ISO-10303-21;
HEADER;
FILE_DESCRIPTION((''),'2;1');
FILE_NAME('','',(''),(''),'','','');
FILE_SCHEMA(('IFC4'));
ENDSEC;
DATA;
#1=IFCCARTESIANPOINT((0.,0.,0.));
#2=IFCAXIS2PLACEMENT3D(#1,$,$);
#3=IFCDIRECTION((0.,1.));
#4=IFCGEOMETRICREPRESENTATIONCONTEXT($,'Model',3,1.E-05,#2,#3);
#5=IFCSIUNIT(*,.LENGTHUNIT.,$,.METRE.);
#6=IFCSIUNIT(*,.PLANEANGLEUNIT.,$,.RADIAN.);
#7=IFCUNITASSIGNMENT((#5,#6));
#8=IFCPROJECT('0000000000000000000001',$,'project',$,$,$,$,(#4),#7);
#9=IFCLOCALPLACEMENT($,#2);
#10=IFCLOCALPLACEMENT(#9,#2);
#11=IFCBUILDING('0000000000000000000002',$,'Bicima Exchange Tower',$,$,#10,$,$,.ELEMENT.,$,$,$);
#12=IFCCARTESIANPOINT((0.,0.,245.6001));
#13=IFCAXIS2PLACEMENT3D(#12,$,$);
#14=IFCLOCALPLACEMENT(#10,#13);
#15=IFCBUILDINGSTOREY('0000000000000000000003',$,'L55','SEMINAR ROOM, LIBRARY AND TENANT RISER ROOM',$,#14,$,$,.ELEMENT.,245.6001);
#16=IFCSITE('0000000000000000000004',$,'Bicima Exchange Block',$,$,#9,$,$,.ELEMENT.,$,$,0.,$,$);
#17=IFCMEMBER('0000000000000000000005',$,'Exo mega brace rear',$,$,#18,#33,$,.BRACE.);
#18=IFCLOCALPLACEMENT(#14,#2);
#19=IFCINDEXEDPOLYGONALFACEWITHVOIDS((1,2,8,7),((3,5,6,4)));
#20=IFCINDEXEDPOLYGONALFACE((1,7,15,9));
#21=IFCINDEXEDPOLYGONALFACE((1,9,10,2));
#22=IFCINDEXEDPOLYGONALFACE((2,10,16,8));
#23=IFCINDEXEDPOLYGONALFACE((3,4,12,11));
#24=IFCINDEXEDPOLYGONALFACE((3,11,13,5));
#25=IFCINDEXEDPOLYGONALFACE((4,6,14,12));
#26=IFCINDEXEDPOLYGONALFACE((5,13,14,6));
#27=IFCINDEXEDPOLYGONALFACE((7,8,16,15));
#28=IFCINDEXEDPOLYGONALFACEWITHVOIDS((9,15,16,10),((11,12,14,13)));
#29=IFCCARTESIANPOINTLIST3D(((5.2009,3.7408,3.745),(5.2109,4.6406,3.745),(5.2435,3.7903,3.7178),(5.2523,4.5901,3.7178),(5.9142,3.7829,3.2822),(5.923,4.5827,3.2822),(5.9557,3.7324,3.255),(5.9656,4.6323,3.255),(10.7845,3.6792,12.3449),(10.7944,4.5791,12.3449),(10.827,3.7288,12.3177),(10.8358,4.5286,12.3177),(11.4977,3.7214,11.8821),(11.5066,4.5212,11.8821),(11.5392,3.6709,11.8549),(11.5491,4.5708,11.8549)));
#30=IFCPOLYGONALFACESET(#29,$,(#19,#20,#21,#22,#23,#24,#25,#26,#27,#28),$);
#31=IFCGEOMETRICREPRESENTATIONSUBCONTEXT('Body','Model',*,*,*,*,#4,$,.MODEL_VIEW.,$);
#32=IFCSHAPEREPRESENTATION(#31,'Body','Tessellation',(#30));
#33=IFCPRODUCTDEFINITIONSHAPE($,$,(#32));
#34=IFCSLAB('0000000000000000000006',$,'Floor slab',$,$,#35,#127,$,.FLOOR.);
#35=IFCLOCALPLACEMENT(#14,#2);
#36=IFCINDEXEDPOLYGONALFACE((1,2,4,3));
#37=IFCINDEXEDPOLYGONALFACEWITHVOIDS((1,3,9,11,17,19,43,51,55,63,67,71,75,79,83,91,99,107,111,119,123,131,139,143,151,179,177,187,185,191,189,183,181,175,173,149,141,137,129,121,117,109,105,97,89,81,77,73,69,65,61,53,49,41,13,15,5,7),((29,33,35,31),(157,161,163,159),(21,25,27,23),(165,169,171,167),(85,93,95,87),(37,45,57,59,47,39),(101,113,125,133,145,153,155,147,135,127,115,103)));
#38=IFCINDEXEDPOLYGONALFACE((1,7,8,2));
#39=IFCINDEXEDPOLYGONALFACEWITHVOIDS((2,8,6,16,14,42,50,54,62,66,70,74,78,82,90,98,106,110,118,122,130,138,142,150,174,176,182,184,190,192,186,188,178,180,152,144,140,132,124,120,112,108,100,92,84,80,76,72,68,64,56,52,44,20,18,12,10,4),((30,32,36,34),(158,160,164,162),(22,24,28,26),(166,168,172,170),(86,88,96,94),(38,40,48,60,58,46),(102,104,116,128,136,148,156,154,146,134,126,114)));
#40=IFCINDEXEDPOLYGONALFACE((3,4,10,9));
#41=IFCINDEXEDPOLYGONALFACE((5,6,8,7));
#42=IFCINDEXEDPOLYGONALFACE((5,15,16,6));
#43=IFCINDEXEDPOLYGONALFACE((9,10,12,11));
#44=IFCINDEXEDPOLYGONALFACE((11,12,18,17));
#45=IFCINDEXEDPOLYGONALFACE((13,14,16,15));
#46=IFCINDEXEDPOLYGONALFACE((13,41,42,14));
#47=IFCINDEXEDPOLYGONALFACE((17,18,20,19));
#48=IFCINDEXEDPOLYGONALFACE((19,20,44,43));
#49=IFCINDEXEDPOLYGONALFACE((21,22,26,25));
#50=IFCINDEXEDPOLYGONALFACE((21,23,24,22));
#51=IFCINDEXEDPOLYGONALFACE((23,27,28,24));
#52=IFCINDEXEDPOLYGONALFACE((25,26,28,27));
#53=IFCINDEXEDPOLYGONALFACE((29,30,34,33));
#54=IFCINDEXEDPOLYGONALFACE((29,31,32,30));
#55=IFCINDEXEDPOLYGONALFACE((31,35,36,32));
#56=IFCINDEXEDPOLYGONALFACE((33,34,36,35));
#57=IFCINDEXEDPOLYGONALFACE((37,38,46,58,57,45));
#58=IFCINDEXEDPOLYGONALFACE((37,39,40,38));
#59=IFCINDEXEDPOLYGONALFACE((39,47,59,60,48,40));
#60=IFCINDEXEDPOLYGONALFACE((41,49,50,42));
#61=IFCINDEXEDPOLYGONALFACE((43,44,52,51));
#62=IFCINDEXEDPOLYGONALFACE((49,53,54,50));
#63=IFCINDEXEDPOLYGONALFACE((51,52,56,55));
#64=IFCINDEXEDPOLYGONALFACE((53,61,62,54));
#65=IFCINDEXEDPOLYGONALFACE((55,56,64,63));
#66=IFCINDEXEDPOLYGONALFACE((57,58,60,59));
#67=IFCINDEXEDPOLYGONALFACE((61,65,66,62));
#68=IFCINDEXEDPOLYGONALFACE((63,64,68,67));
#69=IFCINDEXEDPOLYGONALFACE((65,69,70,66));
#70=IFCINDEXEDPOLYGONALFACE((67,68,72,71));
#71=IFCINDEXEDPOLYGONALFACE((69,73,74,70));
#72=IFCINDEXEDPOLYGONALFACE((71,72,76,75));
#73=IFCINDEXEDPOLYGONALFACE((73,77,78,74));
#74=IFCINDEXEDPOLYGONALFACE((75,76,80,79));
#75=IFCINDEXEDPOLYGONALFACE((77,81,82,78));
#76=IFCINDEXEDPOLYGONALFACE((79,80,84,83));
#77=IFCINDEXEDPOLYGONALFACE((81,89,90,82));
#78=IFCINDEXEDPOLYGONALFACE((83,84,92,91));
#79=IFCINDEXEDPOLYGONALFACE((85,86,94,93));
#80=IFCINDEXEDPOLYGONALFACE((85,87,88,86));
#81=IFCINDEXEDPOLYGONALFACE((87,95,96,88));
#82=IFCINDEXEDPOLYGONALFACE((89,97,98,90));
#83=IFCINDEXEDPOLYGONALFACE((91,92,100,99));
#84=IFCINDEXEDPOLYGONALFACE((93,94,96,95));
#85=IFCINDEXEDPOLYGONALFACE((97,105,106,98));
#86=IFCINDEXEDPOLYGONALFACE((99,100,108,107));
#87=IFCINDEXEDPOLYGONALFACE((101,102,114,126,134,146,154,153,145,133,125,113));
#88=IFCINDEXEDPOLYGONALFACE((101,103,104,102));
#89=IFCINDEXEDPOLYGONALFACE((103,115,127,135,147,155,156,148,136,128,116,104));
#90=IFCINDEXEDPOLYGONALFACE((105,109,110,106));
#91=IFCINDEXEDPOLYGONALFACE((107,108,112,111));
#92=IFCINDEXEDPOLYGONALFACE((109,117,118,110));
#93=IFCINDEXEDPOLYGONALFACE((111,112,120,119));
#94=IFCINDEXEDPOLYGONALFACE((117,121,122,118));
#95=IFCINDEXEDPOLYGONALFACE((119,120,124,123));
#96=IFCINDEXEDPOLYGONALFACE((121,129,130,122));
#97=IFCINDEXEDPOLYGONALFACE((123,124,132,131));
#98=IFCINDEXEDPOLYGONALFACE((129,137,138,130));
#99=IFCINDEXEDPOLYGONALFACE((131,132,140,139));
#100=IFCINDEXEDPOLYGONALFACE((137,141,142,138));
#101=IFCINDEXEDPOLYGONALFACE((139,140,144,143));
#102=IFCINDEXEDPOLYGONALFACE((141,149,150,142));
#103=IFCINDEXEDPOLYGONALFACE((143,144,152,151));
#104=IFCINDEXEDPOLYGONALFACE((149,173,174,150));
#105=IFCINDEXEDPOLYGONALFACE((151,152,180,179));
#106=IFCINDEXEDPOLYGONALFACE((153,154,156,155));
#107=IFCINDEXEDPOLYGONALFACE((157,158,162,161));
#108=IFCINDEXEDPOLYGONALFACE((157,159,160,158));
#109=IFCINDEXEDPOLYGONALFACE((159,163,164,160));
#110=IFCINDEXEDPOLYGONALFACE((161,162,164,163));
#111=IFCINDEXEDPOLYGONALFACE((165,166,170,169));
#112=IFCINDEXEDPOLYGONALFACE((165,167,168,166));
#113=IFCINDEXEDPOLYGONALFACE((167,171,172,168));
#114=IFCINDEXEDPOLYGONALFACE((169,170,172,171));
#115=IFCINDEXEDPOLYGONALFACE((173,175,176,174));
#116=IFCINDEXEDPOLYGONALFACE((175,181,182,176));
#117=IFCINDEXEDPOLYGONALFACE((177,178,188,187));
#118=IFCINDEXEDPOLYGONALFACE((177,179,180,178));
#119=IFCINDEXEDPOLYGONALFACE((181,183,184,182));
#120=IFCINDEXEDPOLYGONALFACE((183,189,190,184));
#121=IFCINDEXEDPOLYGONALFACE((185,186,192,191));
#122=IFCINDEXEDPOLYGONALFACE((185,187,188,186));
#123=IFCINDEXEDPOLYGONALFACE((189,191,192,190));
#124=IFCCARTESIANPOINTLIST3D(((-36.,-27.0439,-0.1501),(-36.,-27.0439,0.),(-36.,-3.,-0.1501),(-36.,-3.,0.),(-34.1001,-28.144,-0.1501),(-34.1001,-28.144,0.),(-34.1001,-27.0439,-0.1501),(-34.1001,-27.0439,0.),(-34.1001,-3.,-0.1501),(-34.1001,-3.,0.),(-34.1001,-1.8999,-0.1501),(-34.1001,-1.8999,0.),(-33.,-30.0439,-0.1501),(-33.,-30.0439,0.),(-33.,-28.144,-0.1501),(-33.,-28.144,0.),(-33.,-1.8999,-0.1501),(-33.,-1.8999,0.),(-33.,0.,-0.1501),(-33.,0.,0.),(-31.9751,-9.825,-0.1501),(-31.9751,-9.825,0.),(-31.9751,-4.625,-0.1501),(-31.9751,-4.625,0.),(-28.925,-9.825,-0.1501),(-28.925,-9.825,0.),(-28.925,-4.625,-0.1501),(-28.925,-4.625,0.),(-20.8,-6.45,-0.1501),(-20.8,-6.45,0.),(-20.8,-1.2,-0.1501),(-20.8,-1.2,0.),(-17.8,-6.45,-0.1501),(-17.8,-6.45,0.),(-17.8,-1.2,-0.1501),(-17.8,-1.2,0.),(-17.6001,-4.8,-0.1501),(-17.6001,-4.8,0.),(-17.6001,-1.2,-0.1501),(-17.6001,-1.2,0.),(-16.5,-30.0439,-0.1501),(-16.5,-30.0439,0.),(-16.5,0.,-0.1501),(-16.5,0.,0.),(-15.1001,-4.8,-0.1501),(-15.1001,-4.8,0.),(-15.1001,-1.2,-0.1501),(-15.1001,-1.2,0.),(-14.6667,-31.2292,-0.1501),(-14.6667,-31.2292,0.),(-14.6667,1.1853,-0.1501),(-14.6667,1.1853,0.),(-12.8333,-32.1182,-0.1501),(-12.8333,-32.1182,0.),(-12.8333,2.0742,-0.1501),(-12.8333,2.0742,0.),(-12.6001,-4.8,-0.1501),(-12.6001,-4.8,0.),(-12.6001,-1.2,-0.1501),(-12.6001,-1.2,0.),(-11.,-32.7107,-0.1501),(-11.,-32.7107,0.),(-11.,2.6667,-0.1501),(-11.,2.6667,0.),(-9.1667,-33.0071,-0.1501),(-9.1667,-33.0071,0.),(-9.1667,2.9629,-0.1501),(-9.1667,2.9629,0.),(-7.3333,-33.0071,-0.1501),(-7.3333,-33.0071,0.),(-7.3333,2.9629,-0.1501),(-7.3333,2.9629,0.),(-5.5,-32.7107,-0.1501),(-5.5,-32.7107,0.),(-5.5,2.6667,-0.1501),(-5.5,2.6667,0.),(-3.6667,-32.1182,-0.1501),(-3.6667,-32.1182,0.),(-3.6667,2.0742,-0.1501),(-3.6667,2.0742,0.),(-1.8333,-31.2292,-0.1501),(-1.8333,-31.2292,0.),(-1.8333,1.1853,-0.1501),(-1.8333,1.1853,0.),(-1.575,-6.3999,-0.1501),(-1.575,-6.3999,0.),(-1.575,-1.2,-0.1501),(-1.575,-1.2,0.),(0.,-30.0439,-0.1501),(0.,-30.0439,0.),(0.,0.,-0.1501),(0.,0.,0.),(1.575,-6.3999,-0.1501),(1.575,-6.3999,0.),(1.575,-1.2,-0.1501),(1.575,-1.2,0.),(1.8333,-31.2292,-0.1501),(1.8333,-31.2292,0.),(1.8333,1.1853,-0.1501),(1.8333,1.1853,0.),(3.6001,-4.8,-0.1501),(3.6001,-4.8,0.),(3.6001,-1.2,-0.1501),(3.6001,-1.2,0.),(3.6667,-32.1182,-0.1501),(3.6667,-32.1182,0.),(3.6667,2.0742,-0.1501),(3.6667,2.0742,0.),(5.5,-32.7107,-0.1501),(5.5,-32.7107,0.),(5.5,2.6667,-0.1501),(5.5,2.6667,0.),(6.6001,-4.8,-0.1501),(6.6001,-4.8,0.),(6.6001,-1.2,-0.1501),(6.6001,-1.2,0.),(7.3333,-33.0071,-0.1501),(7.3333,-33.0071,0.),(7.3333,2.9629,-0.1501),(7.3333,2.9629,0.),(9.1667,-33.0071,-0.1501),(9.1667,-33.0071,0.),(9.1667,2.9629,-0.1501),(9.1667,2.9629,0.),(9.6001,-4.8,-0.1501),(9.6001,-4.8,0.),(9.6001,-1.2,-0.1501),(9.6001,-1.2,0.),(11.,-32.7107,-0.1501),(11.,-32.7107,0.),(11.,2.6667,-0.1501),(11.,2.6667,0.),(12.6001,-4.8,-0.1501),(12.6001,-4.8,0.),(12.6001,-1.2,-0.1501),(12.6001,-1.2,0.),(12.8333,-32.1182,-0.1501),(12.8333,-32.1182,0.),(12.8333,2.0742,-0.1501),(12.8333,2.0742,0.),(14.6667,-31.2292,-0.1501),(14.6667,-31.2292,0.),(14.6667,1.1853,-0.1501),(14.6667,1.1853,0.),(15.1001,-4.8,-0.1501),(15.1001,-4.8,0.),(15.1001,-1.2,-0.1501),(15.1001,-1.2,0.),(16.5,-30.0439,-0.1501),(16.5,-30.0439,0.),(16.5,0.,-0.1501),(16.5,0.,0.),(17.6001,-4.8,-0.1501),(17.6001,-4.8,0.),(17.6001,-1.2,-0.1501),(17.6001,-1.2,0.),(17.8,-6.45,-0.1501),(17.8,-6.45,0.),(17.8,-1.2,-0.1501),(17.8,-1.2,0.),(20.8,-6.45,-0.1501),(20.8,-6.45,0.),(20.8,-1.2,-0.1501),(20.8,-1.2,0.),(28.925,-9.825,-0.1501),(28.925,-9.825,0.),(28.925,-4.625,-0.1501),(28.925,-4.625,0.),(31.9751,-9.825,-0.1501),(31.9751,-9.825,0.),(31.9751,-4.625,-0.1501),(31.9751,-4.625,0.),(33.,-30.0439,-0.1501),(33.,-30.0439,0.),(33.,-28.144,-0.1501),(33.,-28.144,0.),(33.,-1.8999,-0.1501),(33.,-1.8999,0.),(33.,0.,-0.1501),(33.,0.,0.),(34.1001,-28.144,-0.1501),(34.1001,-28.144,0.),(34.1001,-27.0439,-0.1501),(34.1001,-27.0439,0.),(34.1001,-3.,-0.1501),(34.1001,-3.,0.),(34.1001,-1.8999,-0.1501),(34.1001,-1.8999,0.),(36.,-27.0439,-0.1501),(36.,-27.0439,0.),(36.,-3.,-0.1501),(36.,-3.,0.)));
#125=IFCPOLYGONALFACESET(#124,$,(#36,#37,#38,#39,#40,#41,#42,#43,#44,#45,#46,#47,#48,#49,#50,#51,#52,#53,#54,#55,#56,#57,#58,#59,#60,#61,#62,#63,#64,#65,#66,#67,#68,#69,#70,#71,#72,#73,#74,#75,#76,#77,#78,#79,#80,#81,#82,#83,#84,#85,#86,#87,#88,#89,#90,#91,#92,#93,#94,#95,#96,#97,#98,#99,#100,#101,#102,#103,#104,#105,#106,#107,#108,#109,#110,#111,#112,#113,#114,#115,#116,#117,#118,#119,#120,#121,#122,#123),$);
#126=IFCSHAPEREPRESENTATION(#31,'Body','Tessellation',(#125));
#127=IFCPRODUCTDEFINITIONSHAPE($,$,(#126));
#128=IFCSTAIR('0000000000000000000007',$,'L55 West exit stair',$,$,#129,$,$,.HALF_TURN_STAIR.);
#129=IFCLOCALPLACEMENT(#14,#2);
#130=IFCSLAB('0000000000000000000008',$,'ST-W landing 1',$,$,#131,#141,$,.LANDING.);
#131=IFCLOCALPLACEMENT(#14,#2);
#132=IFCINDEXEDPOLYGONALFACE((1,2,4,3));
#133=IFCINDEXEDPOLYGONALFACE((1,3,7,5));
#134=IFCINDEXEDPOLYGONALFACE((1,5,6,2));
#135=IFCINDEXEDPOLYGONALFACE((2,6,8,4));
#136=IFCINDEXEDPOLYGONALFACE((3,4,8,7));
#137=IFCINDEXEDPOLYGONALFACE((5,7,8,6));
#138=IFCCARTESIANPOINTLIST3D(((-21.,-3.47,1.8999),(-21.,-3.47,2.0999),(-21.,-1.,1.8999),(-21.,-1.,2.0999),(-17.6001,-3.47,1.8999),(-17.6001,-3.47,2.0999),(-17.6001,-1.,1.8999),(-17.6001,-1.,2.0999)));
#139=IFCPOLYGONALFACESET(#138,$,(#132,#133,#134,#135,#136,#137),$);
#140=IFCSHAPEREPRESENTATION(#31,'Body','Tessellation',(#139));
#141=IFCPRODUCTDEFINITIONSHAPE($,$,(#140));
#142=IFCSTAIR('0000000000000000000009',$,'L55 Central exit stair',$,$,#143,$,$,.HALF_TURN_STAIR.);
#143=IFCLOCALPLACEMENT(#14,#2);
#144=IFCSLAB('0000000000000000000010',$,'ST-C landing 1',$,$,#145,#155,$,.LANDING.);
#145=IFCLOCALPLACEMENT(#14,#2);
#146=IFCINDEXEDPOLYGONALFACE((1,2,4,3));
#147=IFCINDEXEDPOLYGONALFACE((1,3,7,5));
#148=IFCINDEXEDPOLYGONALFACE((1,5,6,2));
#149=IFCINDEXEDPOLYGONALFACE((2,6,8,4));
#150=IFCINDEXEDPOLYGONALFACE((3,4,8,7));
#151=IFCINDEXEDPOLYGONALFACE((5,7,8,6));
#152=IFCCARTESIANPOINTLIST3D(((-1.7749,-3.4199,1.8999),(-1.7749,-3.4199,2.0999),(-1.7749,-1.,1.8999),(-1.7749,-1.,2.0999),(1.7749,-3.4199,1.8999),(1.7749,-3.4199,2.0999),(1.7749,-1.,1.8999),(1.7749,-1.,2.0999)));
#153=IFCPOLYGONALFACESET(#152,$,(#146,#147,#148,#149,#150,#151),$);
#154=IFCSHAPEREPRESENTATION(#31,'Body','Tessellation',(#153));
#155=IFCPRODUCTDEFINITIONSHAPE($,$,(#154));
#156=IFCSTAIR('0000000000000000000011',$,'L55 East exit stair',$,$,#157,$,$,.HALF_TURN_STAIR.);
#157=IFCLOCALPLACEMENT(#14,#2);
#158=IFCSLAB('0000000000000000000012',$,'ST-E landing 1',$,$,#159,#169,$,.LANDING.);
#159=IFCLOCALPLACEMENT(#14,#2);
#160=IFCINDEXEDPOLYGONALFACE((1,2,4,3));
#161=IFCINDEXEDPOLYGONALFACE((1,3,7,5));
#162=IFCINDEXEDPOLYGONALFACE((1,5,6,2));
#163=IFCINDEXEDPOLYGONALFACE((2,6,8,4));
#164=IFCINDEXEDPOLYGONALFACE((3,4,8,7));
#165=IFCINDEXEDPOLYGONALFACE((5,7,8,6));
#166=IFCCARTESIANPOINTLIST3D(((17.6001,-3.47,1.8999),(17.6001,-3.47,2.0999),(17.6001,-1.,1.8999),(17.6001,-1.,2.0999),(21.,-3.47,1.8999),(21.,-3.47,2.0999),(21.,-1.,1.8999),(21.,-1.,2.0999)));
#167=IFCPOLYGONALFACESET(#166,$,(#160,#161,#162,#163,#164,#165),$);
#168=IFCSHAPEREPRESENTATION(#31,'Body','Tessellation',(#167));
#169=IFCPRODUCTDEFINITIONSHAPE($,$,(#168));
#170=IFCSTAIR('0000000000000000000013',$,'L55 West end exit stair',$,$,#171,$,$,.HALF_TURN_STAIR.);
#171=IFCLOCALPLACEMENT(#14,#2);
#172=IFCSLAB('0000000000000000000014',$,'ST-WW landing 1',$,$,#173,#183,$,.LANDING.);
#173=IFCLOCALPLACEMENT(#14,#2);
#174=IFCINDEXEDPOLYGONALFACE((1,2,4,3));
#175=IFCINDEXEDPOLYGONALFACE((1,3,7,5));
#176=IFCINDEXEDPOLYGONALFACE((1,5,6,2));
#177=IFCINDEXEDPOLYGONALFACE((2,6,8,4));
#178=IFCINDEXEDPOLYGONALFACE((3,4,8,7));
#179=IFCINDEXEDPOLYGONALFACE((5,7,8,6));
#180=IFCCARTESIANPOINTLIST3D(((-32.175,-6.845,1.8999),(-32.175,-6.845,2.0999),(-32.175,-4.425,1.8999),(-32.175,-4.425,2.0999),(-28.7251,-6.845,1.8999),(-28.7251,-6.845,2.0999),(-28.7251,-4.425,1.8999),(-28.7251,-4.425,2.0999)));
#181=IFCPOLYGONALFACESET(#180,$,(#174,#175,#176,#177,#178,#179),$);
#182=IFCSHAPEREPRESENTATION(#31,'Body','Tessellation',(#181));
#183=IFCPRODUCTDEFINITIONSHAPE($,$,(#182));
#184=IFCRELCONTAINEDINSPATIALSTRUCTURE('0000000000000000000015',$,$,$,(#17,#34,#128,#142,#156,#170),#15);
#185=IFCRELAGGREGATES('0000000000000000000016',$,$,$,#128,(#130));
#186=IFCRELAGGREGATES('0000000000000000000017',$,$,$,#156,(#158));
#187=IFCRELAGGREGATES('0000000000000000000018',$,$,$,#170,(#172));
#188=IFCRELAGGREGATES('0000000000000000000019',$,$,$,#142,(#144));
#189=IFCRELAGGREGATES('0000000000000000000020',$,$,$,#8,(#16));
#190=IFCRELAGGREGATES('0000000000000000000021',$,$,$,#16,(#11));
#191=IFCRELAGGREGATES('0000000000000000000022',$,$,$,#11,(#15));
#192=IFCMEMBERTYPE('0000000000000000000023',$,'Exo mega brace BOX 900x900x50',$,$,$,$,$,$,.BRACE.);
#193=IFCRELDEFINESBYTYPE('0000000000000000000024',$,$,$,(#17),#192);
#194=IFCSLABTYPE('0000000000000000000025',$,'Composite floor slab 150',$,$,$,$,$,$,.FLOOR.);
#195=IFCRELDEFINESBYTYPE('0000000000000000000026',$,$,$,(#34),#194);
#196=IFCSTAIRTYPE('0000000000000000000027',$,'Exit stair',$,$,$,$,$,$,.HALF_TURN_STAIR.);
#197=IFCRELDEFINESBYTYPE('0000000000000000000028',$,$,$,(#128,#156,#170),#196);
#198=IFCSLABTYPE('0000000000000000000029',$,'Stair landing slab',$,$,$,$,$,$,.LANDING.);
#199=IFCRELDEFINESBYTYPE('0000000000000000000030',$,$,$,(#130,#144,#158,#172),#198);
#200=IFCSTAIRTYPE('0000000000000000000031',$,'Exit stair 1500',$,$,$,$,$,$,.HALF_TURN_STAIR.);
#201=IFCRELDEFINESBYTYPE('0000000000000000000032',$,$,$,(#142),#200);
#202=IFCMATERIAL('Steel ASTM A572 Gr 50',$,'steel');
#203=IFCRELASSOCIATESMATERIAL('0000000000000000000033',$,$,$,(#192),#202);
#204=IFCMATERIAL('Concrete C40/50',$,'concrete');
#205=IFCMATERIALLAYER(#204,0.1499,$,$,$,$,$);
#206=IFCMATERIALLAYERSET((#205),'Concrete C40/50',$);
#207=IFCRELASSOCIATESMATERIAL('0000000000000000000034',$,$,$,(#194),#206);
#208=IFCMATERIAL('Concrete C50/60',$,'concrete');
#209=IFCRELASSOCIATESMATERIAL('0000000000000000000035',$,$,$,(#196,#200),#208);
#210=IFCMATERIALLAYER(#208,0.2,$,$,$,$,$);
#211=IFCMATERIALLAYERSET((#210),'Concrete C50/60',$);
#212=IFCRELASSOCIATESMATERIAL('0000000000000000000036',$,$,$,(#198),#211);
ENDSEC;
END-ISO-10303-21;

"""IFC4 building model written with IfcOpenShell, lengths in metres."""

from ifc_helpers import new_model, si_unit, direction, frame, origin, origin_2d, place, context, subcontext, project, spatial, polyline, hollow_rectangle, outline, extrude, material, layer, layer_set, material_profile, profile_set, type_object, element, aggregate, save


model = new_model("IFC4")

# Units and contexts
model_context = context("Model", 3, precision=1e-05, world=origin(), true_north=direction((0.0, 1.0)))
body_context = subcontext(model_context, "Body", "Model", "MODEL_VIEW")
ifc_project = project(units=[si_unit("LENGTHUNIT", "METRE"), si_unit("PLANEANGLEUNIT", "RADIAN")], contexts=[model_context])

# Site, building, storey
site_placement = place(None, origin())
site = spatial("IfcSite", under=ifc_project, at=site_placement, Name="Bicima Exchange Block", CompositionType="ELEMENT", RefElevation=0.0)
building_placement = place(site_placement, origin())
building = spatial("IfcBuilding", under=site, at=building_placement, Name="Bicima Exchange Tower", CompositionType="ELEMENT")
storey_placement = place(building_placement, frame((0.0, 0.0, 245.6001)))
storey = spatial("IfcBuildingStorey", under=building, at=storey_placement, Name="L55", Description="SEMINAR ROOM, LIBRARY AND TENANT RISER ROOM", CompositionType="ELEMENT", Elevation=245.6001)

# Member
ifc_material_1 = material(Name="Steel ASTM A572 Gr 50", Category="steel")
ifc_material_profile = material_profile(ifc_material_1, hollow_rectangle(XDim=0.8999, YDim=0.8999, WallThickness=0.05, at=origin_2d()))
ifc_profile_set = profile_set([ifc_material_profile], Name="Steel ASTM A572 Gr 50")
member_type = type_object("IfcMemberType", Name="Exo mega brace BOX 900x900x50", PredefinedType="BRACE", material=ifc_profile_set)
member_placement = place(storey_placement, frame((5.5833, 4.1865, 3.5), z_axis=(0.544539, -0.006, 0.838714), x_axis=(0.011018, 0.999939, 0.0)))
element("IfcMember", 1, at=member_placement, inside=storey, type_object=member_type, Name="Exo mega brace rear", PredefinedType="BRACE", context=body_context, shape_type="SweptSolid", body=[
    extrude(hollow_rectangle(XDim=0.8999, YDim=0.8999, WallThickness=0.05, at=origin_2d()), origin(), (0.0, 0.0, 1.0), 10.2537),
])

# Slab
ifc_material_2 = material(Name="Concrete C40/50", Category="concrete")
ifc_layer_1 = layer(ifc_material_2, 0.1499)
ifc_layer_set_1 = layer_set([ifc_layer_1], Name="Concrete C40/50")
slab_type_1 = type_object("IfcSlabType", Name="Composite floor slab 150", PredefinedType="FLOOR", material=ifc_layer_set_1)
slab_1_placement = place(storey_placement, frame((0.0, 0.0, -0.1501)))
element("IfcSlab", 2, at=slab_1_placement, inside=storey, type_object=slab_type_1, Name="Floor slab", PredefinedType="FLOOR", context=body_context, shape_type="SweptSolid", body=[
    extrude(outline(polyline([(-36.0, -27.0439), (-36.0, -3.0), (-34.1001, -3.0), (-34.1001, -1.8999), (-33.0, -1.8999), (-33.0, 0.0), (-16.5, 0.0), (-14.6667, 1.1853), (-12.8333, 2.0742), (-11.0, 2.6667), (-9.1667, 2.9629), (-7.3333, 2.9629), (-5.5, 2.6667), (-3.6667, 2.0742), (-1.8333, 1.1853), (0.0, 0.0), (1.8333, 1.1853), (3.6667, 2.0742), (5.5, 2.6667), (7.3333, 2.9629), (9.1667, 2.9629), (11.0, 2.6667), (12.8333, 2.0742), (14.6667, 1.1853), (16.5, 0.0), (33.0, 0.0), (33.0, -1.8999), (34.1001, -1.8999), (34.1001, -3.0), (36.0, -3.0), (36.0, -27.0439), (34.1001, -27.0439), (34.1001, -28.144), (33.0, -28.144), (33.0, -30.0439), (16.5, -30.0439), (14.6667, -31.2292), (12.8333, -32.1182), (11.0, -32.7107), (9.1667, -33.0071), (7.3333, -33.0071), (5.5, -32.7107), (3.6667, -32.1182), (1.8333, -31.2292), (0.0, -30.0439), (-1.8333, -31.2292), (-3.6667, -32.1182), (-5.5, -32.7107), (-7.3333, -33.0071), (-9.1667, -33.0071), (-11.0, -32.7107), (-12.8333, -32.1182), (-14.6667, -31.2292), (-16.5, -30.0439), (-33.0, -30.0439), (-33.0, -28.144), (-34.1001, -28.144), (-34.1001, -27.0439), (-36.0, -27.0439)]), holes=[polyline([(-28.925, -9.825), (-28.925, -4.625), (-31.9751, -4.625), (-31.9751, -9.825), (-28.925, -9.825)]), polyline([(-20.8, -6.45), (-17.8, -6.45), (-17.8, -1.2), (-20.8, -1.2), (-20.8, -6.45)]), polyline([(-1.575, -6.3999), (1.575, -6.3999), (1.575, -1.2), (-1.575, -1.2), (-1.575, -6.3999)]), polyline([(-12.6001, -1.2), (-15.1001, -1.2), (-17.6001, -1.2), (-17.6001, -4.8), (-15.1001, -4.8), (-12.6001, -4.8), (-12.6001, -1.2)]), polyline([(3.6001, -4.8), (6.6001, -4.8), (9.6001, -4.8), (12.6001, -4.8), (15.1001, -4.8), (17.6001, -4.8), (17.6001, -1.2), (15.1001, -1.2), (12.6001, -1.2), (9.6001, -1.2), (6.6001, -1.2), (3.6001, -1.2), (3.6001, -4.8)]), polyline([(31.9751, -9.825), (31.9751, -4.625), (28.925, -4.625), (28.925, -9.825), (31.9751, -9.825)]), polyline([(17.8, -6.45), (20.8, -6.45), (20.8, -1.2), (17.8, -1.2), (17.8, -6.45)])]), origin(), (0.0, 0.0, 1.0), 0.1501),
])

# Stairs, slabs
ifc_material_3 = material(Name="Concrete C50/60", Category="concrete")
stair_type_1 = type_object("IfcStairType", Name="Exit stair", PredefinedType="HALF_TURN_STAIR", material=ifc_material_3)
stair_1_placement = place(storey_placement, origin())
stair_1 = element("IfcStair", 3, at=stair_1_placement, inside=storey, type_object=stair_type_1, Name="L55 West exit stair", PredefinedType="HALF_TURN_STAIR")
ifc_layer_2 = layer(ifc_material_3, 0.2)
ifc_layer_set_2 = layer_set([ifc_layer_2], Name="Concrete C50/60")
slab_type_2 = type_object("IfcSlabType", Name="Stair landing slab", PredefinedType="LANDING", material=ifc_layer_set_2)
slab_2_placement = place(storey_placement, frame((0.0, 0.0, 1.8999)))
slab_2 = element("IfcSlab", 4, at=slab_2_placement, type_object=slab_type_2, Name="ST-W landing 1", PredefinedType="LANDING", context=body_context, shape_type="SweptSolid", body=[
    extrude(outline(polyline([(-17.6001, -3.47), (-17.6001, -1.0), (-21.0, -1.0), (-21.0, -3.47), (-17.6001, -3.47)])), origin(), (0.0, 0.0, 1.0), 0.2),
])
aggregate(stair_1, [slab_2])
stair_type_2 = type_object("IfcStairType", Name="Exit stair 1500", PredefinedType="HALF_TURN_STAIR", material=ifc_material_3)
stair_2_placement = place(storey_placement, origin())
stair_2 = element("IfcStair", 5, at=stair_2_placement, inside=storey, type_object=stair_type_2, Name="L55 Central exit stair", PredefinedType="HALF_TURN_STAIR")
slab_3_placement = place(storey_placement, frame((0.0, 0.0, 1.8999)))
slab_3 = element("IfcSlab", 6, at=slab_3_placement, type_object=slab_type_2, Name="ST-C landing 1", PredefinedType="LANDING", context=body_context, shape_type="SweptSolid", body=[
    extrude(outline(polyline([(1.7749, -3.4199), (1.7749, -1.0), (-1.7749, -1.0), (-1.7749, -3.4199), (1.7749, -3.4199)])), origin(), (0.0, 0.0, 1.0), 0.2),
])
stair_3_placement = place(storey_placement, origin())
stair_3 = element("IfcStair", 7, at=stair_3_placement, inside=storey, type_object=stair_type_1, Name="L55 East exit stair", PredefinedType="HALF_TURN_STAIR")
slab_4_placement = place(storey_placement, frame((0.0, 0.0, 1.8999)))
slab_4 = element("IfcSlab", 8, at=slab_4_placement, type_object=slab_type_2, Name="ST-E landing 1", PredefinedType="LANDING", context=body_context, shape_type="SweptSolid", body=[
    extrude(outline(polyline([(21.0, -3.47), (21.0, -1.0), (17.6001, -1.0), (17.6001, -3.47), (21.0, -3.47)])), origin(), (0.0, 0.0, 1.0), 0.2),
])
aggregate(stair_3, [slab_4])
stair_4_placement = place(storey_placement, origin())
stair_4 = element("IfcStair", 9, at=stair_4_placement, inside=storey, type_object=stair_type_1, Name="L55 West end exit stair", PredefinedType="HALF_TURN_STAIR")
slab_5_placement = place(storey_placement, frame((0.0, 0.0, 1.8999)))
slab_5 = element("IfcSlab", 10, at=slab_5_placement, type_object=slab_type_2, Name="ST-WW landing 1", PredefinedType="LANDING", context=body_context, shape_type="SweptSolid", body=[
    extrude(outline(polyline([(-28.7251, -6.845), (-28.7251, -4.425), (-32.175, -4.425), (-32.175, -6.845), (-28.7251, -6.845)])), origin(), (0.0, 0.0, 1.0), 0.2),
])
aggregate(stair_4, [slab_5])

aggregate(stair_2, [slab_3])

save(model, "model.ifc")
